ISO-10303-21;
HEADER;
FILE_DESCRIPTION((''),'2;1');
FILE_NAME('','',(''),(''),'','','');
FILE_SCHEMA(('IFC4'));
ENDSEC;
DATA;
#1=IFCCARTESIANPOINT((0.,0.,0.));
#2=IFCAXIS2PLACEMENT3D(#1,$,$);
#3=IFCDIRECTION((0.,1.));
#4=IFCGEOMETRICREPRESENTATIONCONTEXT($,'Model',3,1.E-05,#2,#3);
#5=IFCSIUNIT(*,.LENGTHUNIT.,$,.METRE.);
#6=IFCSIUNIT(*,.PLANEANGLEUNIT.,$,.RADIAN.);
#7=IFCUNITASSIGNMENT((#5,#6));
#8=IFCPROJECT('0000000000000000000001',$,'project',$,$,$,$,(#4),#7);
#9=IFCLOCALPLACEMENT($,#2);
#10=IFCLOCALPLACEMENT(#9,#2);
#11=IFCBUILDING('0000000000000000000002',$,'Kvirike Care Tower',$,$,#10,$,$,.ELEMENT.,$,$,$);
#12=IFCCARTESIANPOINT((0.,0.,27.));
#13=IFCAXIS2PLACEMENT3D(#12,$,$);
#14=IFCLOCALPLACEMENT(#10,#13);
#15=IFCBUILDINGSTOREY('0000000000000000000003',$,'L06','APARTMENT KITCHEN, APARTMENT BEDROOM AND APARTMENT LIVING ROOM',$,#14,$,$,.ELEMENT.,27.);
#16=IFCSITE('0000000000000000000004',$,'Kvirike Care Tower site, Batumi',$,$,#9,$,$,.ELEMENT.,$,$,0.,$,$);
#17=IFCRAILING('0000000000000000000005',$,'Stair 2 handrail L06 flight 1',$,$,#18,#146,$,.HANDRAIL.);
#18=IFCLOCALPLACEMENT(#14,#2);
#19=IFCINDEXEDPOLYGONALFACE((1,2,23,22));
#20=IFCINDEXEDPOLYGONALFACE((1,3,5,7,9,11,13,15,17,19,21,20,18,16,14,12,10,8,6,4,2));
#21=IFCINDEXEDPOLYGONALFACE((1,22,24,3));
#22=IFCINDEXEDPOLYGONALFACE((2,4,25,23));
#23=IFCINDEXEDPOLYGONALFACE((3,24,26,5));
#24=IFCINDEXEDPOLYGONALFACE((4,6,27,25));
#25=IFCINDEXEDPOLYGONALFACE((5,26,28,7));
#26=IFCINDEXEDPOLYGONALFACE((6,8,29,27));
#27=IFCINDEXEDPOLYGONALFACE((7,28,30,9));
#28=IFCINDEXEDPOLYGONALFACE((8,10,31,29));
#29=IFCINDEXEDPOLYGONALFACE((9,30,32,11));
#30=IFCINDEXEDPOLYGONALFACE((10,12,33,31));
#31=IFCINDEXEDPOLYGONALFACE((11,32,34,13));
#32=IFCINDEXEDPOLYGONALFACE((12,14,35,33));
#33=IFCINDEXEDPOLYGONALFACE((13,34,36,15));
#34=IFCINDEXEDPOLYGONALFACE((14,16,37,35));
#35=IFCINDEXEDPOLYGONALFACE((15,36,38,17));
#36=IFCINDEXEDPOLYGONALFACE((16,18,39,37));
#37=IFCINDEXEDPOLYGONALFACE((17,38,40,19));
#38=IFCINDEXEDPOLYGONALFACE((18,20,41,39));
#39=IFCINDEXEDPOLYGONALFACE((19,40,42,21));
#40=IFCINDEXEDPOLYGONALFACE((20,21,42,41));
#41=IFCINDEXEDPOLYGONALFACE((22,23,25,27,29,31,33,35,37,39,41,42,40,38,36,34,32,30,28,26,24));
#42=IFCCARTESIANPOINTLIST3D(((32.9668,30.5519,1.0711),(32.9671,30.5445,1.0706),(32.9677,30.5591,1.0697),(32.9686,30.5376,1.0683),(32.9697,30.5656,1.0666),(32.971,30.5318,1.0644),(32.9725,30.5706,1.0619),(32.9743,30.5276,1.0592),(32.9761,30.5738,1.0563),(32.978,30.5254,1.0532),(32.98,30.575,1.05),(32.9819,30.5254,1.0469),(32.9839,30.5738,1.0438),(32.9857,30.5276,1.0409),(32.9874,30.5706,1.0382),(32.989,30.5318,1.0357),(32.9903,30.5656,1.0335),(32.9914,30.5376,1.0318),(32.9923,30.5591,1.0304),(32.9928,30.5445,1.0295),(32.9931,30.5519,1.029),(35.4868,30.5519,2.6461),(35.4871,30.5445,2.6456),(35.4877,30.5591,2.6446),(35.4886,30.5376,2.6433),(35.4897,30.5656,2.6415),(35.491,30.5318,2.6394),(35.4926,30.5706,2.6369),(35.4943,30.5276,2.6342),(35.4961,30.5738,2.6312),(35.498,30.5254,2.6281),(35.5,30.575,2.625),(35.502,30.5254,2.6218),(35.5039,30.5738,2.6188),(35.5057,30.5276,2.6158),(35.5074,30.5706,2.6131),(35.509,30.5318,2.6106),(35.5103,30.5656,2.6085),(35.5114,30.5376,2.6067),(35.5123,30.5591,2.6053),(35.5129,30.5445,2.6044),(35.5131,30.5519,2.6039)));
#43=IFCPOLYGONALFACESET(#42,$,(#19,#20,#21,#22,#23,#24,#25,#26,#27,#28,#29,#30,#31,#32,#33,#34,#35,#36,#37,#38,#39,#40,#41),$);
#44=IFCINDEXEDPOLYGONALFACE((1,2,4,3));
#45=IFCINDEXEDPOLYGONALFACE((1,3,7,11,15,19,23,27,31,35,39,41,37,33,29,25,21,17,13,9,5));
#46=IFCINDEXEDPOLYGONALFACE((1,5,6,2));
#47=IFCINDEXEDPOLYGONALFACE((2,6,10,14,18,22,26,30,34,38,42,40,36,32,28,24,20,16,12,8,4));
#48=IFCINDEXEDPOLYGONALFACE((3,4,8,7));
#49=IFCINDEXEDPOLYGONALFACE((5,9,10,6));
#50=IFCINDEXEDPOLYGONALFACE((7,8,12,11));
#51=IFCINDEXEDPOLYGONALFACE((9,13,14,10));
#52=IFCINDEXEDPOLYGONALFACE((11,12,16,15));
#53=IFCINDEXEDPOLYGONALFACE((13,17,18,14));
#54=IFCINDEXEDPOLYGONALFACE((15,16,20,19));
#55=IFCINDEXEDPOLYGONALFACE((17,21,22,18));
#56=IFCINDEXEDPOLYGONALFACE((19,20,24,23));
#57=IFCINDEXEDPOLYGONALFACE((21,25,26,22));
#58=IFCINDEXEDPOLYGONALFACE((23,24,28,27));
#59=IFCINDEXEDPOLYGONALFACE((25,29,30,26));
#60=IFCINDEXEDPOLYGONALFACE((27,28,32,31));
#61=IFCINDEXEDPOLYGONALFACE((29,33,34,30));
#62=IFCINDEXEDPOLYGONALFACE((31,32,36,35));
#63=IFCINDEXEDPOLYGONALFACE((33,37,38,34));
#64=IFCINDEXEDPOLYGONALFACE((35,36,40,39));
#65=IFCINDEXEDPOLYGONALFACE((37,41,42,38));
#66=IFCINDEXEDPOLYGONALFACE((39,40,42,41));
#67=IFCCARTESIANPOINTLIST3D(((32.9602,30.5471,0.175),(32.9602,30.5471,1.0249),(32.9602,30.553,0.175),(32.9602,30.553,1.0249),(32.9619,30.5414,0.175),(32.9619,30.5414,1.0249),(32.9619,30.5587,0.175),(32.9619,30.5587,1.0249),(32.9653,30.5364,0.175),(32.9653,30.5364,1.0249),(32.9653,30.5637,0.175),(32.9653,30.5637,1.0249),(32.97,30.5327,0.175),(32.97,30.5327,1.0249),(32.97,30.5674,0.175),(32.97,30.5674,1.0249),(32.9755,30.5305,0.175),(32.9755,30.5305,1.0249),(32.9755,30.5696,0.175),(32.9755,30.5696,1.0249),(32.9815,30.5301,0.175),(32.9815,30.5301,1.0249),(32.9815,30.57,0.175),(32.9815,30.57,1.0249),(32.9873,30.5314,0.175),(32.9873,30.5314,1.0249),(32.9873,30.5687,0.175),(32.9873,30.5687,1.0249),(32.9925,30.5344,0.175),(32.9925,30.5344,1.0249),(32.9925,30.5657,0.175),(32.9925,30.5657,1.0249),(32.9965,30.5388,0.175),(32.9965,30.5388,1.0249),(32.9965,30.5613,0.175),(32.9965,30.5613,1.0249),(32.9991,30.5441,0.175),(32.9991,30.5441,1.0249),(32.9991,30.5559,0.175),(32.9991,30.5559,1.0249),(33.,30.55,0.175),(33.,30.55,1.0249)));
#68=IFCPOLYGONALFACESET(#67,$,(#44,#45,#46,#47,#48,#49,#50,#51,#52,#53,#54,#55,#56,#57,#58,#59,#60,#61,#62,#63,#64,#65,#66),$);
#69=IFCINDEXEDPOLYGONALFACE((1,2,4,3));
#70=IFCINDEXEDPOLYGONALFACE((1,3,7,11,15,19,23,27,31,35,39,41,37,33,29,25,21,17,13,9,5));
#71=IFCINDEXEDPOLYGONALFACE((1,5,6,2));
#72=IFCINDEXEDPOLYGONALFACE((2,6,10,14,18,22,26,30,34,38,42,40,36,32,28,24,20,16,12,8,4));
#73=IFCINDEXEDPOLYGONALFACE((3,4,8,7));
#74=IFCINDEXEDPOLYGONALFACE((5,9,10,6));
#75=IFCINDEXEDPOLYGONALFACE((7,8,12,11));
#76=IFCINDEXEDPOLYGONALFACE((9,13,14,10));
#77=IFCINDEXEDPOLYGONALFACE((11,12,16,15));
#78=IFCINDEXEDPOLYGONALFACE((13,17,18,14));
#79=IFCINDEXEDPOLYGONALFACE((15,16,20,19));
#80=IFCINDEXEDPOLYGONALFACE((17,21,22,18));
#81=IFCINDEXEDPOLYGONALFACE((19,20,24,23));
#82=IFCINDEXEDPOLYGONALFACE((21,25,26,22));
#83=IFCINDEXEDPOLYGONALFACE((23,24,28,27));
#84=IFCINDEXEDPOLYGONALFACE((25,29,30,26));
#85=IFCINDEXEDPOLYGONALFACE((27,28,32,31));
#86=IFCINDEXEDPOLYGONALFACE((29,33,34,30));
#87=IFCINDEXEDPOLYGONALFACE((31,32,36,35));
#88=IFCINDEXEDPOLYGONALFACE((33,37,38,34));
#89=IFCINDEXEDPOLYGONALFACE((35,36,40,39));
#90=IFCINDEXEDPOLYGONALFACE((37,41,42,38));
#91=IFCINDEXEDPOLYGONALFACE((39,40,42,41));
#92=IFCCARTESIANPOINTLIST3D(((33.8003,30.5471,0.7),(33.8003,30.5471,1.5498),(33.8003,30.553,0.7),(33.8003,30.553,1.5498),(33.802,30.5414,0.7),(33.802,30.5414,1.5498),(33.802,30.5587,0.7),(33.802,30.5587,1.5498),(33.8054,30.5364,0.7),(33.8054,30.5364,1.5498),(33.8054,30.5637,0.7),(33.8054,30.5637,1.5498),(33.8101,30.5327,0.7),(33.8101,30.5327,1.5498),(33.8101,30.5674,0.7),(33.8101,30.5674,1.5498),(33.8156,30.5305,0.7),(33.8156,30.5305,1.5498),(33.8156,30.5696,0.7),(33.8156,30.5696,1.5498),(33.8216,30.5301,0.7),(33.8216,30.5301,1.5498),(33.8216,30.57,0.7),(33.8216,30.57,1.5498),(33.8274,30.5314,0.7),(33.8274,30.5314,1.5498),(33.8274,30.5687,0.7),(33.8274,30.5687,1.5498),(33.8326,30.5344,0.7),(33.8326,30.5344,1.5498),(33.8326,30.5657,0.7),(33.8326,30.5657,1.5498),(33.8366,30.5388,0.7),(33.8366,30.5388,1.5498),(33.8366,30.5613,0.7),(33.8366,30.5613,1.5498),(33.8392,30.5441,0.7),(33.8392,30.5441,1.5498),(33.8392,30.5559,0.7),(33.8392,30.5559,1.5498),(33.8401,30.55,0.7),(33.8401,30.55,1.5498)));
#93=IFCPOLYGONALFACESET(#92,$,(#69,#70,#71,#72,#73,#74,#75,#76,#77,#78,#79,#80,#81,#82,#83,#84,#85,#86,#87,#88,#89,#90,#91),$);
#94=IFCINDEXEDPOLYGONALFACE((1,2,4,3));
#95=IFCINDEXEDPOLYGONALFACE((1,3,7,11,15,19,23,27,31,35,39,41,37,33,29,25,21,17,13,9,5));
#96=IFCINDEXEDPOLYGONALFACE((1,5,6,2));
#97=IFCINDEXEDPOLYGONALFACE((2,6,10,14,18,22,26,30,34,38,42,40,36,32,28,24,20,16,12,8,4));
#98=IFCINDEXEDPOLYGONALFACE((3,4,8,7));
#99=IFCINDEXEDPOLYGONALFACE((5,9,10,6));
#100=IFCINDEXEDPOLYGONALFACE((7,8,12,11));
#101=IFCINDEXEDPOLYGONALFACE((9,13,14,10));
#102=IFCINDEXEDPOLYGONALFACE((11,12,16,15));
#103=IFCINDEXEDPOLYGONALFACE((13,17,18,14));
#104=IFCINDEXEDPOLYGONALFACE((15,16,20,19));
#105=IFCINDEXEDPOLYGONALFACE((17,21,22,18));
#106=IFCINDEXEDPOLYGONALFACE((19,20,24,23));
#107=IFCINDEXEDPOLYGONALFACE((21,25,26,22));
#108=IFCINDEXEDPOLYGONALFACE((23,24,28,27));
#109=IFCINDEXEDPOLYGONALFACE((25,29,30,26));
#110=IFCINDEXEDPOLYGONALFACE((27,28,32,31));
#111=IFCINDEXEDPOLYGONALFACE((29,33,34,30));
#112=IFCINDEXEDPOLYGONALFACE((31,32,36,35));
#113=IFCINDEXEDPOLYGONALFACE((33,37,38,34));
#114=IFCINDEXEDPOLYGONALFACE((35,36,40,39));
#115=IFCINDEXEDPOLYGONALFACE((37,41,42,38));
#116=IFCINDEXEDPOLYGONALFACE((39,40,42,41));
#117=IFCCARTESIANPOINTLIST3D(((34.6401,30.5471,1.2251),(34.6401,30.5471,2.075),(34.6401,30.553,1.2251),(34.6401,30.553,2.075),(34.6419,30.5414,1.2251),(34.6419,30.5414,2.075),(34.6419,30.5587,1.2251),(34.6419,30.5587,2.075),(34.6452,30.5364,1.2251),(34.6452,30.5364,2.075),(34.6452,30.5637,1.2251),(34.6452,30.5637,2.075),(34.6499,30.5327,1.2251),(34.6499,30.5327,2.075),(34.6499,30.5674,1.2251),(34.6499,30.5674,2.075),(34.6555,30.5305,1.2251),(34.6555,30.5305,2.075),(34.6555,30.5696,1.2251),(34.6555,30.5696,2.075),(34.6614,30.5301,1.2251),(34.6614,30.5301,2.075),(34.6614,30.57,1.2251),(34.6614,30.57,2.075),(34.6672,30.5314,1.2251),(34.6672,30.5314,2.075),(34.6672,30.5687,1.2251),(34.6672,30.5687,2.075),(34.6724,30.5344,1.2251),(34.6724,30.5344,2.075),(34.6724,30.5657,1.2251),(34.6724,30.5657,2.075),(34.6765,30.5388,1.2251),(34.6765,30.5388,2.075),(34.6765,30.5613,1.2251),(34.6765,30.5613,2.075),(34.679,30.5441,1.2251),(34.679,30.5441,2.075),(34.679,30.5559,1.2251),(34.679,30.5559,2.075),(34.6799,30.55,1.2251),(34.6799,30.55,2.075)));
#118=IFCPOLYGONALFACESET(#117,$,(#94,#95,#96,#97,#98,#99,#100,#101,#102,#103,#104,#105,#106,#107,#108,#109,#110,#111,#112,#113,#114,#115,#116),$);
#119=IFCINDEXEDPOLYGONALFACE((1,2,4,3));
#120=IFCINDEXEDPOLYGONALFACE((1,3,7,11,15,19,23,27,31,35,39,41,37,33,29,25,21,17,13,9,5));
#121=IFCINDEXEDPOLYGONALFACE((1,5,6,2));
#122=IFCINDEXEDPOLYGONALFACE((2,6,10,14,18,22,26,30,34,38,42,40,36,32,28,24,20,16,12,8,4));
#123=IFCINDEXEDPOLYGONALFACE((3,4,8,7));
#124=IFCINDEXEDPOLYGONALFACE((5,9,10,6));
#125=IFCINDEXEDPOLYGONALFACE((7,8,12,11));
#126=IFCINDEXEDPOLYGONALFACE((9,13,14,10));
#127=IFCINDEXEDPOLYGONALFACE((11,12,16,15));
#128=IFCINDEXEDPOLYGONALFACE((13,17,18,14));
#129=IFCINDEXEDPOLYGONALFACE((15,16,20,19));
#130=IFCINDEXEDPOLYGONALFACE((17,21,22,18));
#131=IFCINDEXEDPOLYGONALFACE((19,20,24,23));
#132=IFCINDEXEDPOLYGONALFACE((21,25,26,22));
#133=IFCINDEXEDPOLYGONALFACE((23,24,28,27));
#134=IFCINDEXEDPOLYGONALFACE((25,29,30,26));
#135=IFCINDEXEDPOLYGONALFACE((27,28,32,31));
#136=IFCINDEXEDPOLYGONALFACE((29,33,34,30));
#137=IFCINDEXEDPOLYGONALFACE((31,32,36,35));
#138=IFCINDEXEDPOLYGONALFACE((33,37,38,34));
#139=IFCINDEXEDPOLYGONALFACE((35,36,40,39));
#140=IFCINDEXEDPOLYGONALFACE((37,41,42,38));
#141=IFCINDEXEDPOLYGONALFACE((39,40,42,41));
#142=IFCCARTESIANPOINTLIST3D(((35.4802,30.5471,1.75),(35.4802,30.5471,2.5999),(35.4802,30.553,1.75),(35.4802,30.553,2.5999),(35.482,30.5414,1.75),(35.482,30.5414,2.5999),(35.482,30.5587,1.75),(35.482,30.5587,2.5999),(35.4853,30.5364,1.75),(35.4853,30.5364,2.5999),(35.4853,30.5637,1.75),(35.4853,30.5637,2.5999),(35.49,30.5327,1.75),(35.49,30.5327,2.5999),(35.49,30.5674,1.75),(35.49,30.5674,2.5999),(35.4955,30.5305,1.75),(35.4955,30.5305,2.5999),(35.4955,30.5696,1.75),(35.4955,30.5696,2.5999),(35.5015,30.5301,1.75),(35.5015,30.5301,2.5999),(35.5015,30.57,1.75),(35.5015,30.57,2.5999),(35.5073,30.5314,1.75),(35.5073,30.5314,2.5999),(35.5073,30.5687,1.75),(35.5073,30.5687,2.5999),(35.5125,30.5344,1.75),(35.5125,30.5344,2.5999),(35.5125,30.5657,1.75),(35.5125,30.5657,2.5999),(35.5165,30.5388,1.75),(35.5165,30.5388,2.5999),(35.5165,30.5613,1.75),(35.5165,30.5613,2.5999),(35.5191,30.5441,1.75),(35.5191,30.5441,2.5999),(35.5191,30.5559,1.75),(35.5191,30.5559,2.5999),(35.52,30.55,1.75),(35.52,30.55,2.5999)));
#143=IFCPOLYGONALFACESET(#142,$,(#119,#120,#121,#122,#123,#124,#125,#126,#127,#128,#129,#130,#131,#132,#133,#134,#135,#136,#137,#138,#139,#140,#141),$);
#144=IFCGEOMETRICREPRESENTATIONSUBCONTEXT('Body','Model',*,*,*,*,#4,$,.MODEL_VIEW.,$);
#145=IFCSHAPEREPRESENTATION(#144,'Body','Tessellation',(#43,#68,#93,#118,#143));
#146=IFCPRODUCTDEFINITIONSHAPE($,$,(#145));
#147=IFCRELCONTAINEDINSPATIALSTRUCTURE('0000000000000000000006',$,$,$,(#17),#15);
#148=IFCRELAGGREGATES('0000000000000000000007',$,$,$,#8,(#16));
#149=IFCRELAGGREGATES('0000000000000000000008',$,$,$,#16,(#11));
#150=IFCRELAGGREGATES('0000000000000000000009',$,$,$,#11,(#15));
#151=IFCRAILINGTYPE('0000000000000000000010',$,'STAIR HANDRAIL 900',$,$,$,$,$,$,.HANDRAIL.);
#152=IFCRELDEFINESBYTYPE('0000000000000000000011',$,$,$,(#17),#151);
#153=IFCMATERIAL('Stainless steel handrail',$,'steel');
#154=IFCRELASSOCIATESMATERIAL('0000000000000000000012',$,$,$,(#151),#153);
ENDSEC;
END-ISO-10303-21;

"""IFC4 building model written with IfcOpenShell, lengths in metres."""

from ifc_helpers import new_model, si_unit, direction, frame, origin, origin_2d, place, context, subcontext, project, spatial, circle, extrude, material, type_object, element, save


model = new_model("IFC4")

# Units and contexts
model_context = context("Model", 3, precision=1e-05, world=origin(), true_north=direction((0.0, 1.0)))
body_context = subcontext(model_context, "Body", "Model", "MODEL_VIEW")
ifc_project = project(units=[si_unit("LENGTHUNIT", "METRE"), si_unit("PLANEANGLEUNIT", "RADIAN")], contexts=[model_context])

# Site, building, storey
site_placement = place(None, origin())
site = spatial("IfcSite", under=ifc_project, at=site_placement, Name="Kvirike Care Tower site, Batumi", CompositionType="ELEMENT", RefElevation=0.0)
building_placement = place(site_placement, origin())
building = spatial("IfcBuilding", under=site, at=building_placement, Name="Kvirike Care Tower", CompositionType="ELEMENT")
storey_placement = place(building_placement, frame((0.0, 0.0, 27.0)))
storey = spatial("IfcBuildingStorey", under=building, at=storey_placement, Name="L06", Description="APARTMENT KITCHEN, APARTMENT BEDROOM AND APARTMENT LIVING ROOM", CompositionType="ELEMENT", Elevation=27.0)

# Railing
ifc_material_1 = material(Name="Stainless steel handrail", Category="steel")
railing_type = type_object("IfcRailingType", Name="STAIR HANDRAIL 900", PredefinedType="HANDRAIL", material=ifc_material_1)
railing_placement = place(storey_placement, frame((32.98, 30.55, 0.175)))
element("IfcRailing", 1, at=railing_placement, inside=storey, type_object=railing_type, Name="Stair 2 handrail L06 flight 1", PredefinedType="HANDRAIL", context=body_context, shape_type="SweptSolid", body=[
    extrude(circle(Radius=0.0249, at=origin_2d()), frame((0.0, 0.0, 0.875), z_axis=(0.848008, 0.0, 0.529984), x_axis=(0.0, 1.0, 0.0)), (0.0, 0.0, 1.0), 2.9717),
    extrude(circle(Radius=0.02, at=origin_2d()), origin(), (0.0, 0.0, 1.0), 0.8499),
    extrude(circle(Radius=0.02, at=origin_2d()), frame((0.8401, 0.0, 0.5249)), (0.0, 0.0, 1.0), 0.8499),
    extrude(circle(Radius=0.02, at=origin_2d()), frame((1.6799, 0.0, 1.05)), (0.0, 0.0, 1.0), 0.8499),
    extrude(circle(Radius=0.02, at=origin_2d()), frame((2.52, 0.0, 1.575)), (0.0, 0.0, 1.0), 0.8499),
])

save(model, "model.ifc")
